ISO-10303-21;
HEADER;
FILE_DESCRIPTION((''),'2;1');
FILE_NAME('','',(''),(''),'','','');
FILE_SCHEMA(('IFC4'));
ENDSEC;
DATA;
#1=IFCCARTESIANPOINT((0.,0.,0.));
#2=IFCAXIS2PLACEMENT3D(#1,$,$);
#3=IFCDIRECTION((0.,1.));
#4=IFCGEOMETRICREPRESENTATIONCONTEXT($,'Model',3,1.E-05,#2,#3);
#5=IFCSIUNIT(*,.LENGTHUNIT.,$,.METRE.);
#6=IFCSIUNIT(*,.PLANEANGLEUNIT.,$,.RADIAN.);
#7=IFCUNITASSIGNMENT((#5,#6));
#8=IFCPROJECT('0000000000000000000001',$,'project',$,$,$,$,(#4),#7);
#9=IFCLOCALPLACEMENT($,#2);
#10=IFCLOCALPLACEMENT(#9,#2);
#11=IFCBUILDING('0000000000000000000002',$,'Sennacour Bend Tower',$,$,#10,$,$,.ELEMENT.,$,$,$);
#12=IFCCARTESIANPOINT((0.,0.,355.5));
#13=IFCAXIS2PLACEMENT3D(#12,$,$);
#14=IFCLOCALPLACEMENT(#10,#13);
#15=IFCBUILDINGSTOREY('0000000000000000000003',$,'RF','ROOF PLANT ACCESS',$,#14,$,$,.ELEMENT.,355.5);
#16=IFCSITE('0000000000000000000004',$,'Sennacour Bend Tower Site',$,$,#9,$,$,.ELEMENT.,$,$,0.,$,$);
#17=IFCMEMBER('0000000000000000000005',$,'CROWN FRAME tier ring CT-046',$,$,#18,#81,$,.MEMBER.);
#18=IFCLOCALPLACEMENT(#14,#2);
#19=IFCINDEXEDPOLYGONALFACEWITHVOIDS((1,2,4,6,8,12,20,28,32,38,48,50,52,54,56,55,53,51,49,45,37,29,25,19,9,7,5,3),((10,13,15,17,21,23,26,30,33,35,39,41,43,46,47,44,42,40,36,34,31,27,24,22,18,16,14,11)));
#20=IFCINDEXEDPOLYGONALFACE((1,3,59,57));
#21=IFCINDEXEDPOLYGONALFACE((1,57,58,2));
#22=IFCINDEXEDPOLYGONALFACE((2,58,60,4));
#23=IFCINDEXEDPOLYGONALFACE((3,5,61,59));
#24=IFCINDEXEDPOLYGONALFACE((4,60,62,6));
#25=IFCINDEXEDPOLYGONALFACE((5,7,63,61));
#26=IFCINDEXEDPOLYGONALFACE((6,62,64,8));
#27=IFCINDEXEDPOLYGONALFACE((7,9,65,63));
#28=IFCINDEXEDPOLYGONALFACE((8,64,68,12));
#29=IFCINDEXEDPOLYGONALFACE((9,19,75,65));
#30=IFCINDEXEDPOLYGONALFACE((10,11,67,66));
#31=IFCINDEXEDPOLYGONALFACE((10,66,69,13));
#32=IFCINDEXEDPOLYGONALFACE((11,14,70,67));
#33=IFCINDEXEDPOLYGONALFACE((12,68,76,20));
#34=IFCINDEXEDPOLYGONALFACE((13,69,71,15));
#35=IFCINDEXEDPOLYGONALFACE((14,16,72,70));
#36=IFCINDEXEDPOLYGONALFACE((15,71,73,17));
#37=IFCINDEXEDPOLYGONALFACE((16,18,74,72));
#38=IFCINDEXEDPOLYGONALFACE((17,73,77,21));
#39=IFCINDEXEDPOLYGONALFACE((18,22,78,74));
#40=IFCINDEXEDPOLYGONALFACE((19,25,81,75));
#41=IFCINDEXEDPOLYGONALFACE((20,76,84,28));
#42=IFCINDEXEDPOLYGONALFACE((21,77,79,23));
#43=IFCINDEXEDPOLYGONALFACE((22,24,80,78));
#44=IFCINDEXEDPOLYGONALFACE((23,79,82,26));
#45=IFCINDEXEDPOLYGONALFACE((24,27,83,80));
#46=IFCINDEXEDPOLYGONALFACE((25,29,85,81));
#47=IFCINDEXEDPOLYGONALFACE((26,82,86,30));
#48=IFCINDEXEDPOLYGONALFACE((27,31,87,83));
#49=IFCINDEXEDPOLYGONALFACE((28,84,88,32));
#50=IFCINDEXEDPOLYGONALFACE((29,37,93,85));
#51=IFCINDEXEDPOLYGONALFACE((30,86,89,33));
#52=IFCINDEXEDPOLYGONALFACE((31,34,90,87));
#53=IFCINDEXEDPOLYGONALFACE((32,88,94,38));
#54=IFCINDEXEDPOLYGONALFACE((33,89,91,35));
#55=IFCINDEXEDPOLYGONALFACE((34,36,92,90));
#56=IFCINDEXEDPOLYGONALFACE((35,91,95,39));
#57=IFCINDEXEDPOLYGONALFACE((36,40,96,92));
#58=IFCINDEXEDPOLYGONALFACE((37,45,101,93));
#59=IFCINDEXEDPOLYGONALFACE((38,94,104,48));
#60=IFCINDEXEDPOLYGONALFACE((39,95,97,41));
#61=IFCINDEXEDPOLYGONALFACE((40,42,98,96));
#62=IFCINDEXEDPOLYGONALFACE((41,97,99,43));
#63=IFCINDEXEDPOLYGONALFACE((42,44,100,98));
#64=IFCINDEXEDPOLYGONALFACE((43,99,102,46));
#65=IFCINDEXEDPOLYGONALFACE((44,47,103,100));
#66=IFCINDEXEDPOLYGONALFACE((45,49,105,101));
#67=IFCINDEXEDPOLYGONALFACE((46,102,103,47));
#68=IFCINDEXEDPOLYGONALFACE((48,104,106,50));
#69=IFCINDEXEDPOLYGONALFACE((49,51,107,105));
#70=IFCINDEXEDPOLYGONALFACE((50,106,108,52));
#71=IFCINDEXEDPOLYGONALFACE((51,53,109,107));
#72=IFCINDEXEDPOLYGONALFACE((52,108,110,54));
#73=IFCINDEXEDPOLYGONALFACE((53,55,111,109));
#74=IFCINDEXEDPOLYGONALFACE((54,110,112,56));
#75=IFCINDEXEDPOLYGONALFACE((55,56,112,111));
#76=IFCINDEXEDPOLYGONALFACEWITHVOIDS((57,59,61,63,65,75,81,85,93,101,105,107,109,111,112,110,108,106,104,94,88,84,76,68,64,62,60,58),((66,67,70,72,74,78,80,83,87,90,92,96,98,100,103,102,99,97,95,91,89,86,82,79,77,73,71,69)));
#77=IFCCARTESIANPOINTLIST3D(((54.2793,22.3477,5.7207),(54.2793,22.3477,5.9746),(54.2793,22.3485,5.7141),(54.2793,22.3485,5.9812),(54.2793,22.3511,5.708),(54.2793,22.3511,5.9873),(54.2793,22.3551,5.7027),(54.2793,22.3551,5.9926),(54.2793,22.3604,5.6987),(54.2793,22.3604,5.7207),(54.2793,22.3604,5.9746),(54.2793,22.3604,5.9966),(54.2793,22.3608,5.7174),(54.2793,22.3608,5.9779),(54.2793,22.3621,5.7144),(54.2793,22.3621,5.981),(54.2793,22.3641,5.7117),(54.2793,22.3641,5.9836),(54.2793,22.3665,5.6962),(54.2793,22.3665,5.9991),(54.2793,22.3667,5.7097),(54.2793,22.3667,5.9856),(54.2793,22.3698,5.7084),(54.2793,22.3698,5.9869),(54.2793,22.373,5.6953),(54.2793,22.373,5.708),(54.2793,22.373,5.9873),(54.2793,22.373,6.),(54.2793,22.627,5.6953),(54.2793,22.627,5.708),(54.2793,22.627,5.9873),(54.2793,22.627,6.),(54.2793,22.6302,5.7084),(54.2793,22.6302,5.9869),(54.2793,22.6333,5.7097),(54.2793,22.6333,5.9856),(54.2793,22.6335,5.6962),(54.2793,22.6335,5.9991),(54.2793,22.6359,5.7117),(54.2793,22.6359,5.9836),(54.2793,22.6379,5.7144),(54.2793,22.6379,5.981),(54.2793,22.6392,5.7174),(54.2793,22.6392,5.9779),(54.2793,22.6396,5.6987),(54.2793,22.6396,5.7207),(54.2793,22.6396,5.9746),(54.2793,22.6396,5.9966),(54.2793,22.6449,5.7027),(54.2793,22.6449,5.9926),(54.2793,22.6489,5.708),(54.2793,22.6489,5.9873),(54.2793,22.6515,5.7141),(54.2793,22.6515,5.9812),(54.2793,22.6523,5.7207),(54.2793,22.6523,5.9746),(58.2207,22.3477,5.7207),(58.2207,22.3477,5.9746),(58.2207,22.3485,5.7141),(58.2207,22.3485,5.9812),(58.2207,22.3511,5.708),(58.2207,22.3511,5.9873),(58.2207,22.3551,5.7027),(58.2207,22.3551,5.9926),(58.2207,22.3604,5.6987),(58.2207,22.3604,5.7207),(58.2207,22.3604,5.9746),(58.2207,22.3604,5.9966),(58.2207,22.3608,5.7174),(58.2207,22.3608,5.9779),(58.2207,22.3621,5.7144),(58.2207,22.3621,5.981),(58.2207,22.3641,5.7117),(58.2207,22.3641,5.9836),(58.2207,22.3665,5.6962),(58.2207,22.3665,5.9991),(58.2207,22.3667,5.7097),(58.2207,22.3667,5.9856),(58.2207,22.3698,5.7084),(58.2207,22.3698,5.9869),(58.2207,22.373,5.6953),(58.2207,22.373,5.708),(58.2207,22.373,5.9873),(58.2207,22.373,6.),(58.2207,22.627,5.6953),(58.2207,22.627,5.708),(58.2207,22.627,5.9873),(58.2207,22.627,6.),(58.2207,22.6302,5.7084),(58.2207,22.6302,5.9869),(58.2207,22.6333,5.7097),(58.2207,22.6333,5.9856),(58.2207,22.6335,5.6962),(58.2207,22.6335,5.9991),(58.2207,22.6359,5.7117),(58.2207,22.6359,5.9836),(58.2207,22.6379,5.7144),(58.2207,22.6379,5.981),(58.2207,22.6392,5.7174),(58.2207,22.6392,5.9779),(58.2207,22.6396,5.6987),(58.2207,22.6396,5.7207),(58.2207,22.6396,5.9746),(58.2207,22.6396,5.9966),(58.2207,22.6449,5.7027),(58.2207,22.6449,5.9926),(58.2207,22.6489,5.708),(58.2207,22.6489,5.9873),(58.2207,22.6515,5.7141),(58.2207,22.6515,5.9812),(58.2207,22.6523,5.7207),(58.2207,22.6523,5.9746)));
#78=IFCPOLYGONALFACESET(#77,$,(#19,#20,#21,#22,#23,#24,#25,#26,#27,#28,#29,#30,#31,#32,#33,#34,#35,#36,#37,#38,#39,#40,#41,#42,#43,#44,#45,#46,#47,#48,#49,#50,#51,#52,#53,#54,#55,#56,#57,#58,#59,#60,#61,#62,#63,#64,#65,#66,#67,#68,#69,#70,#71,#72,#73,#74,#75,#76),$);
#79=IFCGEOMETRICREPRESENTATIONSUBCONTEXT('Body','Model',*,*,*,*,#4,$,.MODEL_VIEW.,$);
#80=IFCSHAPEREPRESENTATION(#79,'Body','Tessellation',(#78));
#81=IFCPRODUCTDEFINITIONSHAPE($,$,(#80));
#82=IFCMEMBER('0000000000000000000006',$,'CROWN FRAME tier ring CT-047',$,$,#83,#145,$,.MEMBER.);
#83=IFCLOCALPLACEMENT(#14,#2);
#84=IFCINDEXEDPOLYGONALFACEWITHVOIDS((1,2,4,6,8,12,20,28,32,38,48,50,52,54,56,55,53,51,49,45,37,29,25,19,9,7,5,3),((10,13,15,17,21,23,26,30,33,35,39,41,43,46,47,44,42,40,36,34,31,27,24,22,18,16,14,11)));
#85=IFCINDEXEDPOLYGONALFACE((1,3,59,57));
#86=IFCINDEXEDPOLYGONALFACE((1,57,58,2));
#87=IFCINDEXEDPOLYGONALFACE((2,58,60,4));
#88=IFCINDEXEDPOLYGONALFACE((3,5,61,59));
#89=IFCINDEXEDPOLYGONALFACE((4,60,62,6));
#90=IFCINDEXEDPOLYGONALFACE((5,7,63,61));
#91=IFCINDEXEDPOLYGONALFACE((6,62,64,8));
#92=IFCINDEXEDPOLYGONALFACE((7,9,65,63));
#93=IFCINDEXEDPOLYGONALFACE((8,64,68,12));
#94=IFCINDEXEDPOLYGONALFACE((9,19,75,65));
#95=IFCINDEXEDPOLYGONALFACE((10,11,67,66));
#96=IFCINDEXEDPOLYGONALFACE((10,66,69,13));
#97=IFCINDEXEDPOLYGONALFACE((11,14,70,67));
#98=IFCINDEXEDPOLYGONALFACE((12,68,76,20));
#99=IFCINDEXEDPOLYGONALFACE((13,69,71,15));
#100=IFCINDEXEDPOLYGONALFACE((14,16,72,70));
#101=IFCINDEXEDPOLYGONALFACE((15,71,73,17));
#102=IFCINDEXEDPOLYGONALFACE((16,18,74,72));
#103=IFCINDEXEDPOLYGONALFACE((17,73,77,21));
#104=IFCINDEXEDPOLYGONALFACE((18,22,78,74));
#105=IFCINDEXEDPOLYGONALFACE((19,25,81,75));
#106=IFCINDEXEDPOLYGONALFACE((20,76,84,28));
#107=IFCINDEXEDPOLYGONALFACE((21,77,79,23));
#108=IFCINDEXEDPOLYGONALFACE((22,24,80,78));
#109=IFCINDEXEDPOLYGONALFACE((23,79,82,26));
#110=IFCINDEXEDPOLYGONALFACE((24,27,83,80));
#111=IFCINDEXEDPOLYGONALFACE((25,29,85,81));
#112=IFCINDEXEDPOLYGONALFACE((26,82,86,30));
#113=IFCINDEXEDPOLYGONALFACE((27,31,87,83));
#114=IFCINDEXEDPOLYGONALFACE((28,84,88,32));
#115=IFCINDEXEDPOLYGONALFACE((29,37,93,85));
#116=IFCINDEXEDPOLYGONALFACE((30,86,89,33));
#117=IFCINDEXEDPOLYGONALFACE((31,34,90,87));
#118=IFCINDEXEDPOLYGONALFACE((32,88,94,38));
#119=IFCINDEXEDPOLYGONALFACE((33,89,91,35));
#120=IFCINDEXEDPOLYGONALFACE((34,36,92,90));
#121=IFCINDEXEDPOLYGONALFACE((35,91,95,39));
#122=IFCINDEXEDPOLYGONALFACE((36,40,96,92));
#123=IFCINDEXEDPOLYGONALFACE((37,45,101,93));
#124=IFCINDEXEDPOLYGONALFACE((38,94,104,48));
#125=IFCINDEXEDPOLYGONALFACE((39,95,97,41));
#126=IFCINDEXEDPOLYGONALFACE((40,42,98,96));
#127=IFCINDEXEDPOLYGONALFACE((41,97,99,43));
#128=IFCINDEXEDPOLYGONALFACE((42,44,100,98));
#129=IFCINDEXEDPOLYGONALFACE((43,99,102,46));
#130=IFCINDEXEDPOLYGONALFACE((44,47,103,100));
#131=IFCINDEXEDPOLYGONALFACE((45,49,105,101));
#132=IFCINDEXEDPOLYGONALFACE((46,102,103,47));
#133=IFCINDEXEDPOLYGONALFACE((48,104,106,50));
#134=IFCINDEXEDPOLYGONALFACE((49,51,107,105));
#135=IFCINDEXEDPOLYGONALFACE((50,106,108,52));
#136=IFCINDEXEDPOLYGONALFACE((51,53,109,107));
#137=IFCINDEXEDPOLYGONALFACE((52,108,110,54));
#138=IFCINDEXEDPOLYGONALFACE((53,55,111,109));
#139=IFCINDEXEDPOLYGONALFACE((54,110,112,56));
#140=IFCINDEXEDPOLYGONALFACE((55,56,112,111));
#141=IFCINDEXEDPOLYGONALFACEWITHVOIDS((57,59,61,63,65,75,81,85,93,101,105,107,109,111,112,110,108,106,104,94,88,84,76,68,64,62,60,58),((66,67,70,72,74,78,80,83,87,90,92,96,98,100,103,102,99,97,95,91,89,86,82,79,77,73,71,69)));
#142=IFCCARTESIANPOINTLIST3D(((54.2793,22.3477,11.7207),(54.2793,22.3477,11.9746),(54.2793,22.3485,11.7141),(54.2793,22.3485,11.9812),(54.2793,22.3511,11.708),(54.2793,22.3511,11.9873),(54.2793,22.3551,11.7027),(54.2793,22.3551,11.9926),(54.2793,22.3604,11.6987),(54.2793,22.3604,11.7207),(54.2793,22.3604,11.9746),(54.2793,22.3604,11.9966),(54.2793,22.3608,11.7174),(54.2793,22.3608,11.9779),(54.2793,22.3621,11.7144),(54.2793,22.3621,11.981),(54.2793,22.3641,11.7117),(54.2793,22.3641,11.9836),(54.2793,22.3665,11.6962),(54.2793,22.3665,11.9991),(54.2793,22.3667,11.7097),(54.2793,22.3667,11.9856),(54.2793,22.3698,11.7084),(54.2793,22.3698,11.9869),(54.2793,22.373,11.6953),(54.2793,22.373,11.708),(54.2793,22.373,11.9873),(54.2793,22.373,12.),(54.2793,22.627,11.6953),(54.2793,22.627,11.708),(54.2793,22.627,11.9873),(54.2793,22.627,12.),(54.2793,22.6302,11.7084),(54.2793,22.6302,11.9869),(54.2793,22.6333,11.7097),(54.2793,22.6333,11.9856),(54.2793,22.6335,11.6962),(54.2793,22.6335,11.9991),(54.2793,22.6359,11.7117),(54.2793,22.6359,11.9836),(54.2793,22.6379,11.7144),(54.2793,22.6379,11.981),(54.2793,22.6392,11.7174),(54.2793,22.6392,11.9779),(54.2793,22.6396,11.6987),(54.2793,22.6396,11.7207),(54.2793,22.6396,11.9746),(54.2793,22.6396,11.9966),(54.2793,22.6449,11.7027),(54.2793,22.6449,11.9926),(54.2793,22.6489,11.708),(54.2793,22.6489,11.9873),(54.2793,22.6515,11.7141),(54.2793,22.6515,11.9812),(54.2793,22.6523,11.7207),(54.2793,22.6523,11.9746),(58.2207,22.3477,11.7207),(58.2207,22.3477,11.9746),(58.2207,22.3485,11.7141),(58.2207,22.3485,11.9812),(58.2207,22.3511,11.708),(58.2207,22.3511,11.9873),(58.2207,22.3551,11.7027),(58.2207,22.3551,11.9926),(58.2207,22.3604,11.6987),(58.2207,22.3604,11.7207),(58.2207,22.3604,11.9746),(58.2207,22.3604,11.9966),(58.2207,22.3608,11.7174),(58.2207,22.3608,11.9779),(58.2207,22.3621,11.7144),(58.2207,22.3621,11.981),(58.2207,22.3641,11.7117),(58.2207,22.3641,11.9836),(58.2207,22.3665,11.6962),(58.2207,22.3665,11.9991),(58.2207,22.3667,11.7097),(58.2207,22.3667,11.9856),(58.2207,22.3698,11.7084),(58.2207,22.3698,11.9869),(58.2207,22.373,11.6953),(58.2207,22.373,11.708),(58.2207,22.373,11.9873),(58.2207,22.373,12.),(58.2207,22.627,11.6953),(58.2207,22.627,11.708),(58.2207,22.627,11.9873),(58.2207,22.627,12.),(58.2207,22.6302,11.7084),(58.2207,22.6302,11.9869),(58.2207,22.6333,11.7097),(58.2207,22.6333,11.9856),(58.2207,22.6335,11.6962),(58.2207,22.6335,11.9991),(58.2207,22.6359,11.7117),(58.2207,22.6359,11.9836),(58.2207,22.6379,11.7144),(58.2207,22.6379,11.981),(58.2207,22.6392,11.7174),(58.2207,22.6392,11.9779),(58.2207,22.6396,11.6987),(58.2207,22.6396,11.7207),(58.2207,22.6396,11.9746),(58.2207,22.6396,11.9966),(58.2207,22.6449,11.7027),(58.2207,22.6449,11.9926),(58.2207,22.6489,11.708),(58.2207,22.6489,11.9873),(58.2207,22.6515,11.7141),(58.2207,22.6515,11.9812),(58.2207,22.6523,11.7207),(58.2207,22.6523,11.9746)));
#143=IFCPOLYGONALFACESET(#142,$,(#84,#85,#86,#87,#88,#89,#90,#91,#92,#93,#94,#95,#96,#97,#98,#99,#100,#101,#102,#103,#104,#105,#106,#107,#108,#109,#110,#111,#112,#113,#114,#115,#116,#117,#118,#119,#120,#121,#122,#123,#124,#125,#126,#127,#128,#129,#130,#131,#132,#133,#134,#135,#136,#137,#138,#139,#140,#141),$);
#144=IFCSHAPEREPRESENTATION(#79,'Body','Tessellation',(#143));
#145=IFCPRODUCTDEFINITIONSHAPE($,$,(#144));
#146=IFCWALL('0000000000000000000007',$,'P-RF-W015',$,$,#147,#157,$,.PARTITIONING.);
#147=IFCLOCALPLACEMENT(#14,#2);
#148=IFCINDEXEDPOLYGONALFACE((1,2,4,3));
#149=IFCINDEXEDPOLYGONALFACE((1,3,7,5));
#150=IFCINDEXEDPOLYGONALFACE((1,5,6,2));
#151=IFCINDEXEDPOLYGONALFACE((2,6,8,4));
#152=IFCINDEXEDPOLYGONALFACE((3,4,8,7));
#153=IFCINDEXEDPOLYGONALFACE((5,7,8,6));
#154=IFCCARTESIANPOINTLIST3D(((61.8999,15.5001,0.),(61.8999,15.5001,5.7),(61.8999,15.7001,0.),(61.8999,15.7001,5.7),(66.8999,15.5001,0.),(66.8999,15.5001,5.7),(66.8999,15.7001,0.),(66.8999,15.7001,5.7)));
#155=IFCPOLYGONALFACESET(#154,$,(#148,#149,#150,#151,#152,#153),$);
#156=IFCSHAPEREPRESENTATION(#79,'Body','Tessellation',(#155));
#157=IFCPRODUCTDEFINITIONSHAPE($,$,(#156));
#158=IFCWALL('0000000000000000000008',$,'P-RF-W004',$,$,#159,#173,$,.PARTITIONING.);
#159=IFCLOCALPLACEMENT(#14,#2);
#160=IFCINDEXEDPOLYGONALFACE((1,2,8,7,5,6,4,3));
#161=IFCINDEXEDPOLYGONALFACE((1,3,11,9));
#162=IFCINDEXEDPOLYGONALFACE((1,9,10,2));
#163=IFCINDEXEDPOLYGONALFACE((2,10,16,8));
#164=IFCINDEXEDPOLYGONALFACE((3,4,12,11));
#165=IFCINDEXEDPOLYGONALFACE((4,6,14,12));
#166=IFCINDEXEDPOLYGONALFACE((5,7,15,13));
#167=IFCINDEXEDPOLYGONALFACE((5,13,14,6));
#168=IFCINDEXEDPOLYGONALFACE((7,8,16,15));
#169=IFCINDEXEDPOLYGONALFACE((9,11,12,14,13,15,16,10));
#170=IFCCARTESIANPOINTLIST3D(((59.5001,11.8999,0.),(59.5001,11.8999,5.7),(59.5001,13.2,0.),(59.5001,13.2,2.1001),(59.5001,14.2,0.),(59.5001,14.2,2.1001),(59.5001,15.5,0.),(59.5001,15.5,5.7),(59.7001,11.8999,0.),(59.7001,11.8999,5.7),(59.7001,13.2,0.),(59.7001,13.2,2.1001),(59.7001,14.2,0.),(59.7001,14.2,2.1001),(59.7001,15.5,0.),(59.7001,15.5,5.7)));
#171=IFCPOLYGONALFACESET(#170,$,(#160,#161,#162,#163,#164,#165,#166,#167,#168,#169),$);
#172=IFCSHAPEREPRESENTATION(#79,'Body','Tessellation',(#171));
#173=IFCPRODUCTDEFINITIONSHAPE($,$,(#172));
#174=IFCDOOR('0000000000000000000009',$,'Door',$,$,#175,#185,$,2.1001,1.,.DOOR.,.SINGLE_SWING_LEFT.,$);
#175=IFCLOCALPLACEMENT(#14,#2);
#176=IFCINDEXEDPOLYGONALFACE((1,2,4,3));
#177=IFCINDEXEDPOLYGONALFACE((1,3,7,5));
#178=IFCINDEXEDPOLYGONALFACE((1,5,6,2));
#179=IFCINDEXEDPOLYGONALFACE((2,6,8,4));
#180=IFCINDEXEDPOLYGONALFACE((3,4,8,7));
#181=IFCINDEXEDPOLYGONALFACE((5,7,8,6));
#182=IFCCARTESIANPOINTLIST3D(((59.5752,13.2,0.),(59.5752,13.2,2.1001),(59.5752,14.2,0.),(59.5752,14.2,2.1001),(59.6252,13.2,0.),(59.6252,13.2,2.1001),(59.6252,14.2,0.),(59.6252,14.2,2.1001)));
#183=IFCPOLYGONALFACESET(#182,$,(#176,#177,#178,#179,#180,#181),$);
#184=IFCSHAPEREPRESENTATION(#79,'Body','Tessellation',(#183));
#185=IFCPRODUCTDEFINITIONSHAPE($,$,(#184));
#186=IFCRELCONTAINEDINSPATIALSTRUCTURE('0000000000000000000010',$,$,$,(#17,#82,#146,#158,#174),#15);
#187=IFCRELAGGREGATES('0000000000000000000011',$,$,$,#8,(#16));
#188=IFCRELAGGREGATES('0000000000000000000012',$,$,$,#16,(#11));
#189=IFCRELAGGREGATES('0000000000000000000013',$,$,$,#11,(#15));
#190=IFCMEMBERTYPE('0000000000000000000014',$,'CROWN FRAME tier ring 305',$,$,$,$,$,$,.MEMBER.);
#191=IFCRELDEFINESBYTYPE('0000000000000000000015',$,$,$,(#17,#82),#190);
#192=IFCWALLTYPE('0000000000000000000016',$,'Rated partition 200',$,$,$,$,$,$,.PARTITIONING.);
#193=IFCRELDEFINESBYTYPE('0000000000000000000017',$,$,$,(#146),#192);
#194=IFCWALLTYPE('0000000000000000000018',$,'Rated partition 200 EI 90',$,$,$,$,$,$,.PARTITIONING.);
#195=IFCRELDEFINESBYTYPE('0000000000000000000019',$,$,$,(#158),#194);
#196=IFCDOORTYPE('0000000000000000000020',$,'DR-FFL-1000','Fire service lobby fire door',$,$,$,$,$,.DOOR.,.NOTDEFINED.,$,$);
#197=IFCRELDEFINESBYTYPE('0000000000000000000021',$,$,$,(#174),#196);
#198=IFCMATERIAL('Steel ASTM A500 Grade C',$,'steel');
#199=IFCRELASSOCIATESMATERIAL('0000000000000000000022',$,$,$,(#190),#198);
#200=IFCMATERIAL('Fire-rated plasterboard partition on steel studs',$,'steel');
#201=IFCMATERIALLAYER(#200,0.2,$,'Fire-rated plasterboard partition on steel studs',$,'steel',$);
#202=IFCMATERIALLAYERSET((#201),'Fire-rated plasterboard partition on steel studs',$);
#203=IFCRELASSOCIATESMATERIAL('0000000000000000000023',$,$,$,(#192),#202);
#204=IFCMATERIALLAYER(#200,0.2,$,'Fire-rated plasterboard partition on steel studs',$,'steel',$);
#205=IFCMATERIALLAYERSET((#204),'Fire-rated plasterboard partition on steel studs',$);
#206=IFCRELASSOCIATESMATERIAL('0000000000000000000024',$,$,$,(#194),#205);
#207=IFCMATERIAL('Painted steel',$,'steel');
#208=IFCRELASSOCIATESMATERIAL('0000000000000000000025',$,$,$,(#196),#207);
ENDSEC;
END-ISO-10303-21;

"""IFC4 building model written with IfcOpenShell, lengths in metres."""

from ifc_helpers import new_model, si_unit, direction, frame, frame_2d, origin, origin_2d, place, context, subcontext, project, spatial, rectangle, hollow_rectangle, extrude, material, layer, layer_set, material_profile, profile_set, type_object, element, fill, save


model = new_model("IFC4")

# Units and contexts
model_context = context("Model", 3, precision=1e-05, world=origin(), true_north=direction((0.0, 1.0)))
body_context = subcontext(model_context, "Body", "Model", "MODEL_VIEW")
ifc_project = project(units=[si_unit("LENGTHUNIT", "METRE"), si_unit("PLANEANGLEUNIT", "RADIAN")], contexts=[model_context])

# Site, building, storey
site_placement = place(None, origin())
site = spatial("IfcSite", under=ifc_project, at=site_placement, Name="Sennacour Bend Tower Site", CompositionType="ELEMENT", RefElevation=0.0)
building_placement = place(site_placement, origin())
building = spatial("IfcBuilding", under=site, at=building_placement, Name="Sennacour Bend Tower", CompositionType="ELEMENT")
storey_placement = place(building_placement, frame((0.0, 0.0, 355.5)))
storey = spatial("IfcBuildingStorey", under=building, at=storey_placement, Name="RF", Description="ROOF PLANT ACCESS", CompositionType="ELEMENT", Elevation=355.5)

# Shared definitions
ifc_material_1 = material(Name="Steel ASTM A500 Grade C", Category="steel")

# Members
ifc_material_profile_1 = material_profile(ifc_material_1, hollow_rectangle(XDim=0.3047, YDim=0.3047, WallThickness=0.0127, InnerFilletRadius=0.0127, OuterFilletRadius=0.0254, at=origin_2d()), Name="Steel ASTM A500 Grade C", Category="steel")
ifc_profile_set_1 = profile_set([ifc_material_profile_1], Name="Steel ASTM A500 Grade C")
member_type_1 = type_object("IfcMemberType", Name="CROWN FRAME tier ring 305", PredefinedType="MEMBER", material=ifc_profile_set_1)
for number, where, z_axis, x_axis, name in (
    (1, (58.2207, 22.5, 5.8477), (-1.0, 0.0, 0.0), (0.0, -1.0, 0.0), "CROWN FRAME tier ring CT-046"),
    (2, (58.2207, 22.5, 11.8477), (-1.0, 0.0, 0.0), (0.0, -1.0, 0.0), "CROWN FRAME tier ring CT-047"),
):
    element("IfcMember", number, at=place(storey_placement, frame(where, z_axis=z_axis, x_axis=x_axis)), inside=storey, type_object=member_type_1, Name=name, PredefinedType="MEMBER", context=body_context, shape_type="SweptSolid", body=[
        extrude(hollow_rectangle(XDim=0.3047, YDim=0.3047, WallThickness=0.0127, InnerFilletRadius=0.0127, OuterFilletRadius=0.0254, at=origin_2d()), origin(), (0.0, 0.0, 1.0), 3.9414),
    ])

# Wall
ifc_material_2 = material(Name="Fire-rated plasterboard partition on steel studs", Category="steel")
ifc_layer_1 = layer(ifc_material_2, 0.2, Name="Fire-rated plasterboard partition on steel studs", Category="steel")
ifc_layer_set_1 = layer_set([ifc_layer_1], Name="Fire-rated plasterboard partition on steel studs")
wall_type_1 = type_object("IfcWallType", Name="Rated partition 200", PredefinedType="PARTITIONING", material=ifc_layer_set_1)
wall_1_placement = place(storey_placement, frame((61.8999, 15.6001, 0.0), z_axis=(0.0, 0.0, 1.0), x_axis=(1.0, 0.0, 0.0)))
element("IfcWall", 3, at=wall_1_placement, inside=storey, type_object=wall_type_1, Name="P-RF-W015", PredefinedType="PARTITIONING", context=body_context, shape_type="SweptSolid", body=[
    extrude(rectangle(XDim=5.0, YDim=0.2, at=frame_2d((2.5, 0.0))), origin(), (0.0, 0.0, 1.0), 5.7),
])

# Wall, opening, door
ifc_layer_2 = layer(ifc_material_2, 0.2, Name="Fire-rated plasterboard partition on steel studs", Category="steel")
ifc_layer_set_2 = layer_set([ifc_layer_2], Name="Fire-rated plasterboard partition on steel studs")
wall_type_2 = type_object("IfcWallType", Name="Rated partition 200 EI 90", PredefinedType="PARTITIONING", material=ifc_layer_set_2)
wall_2_placement = place(storey_placement, frame((59.6001, 11.8999, 0.0), z_axis=(0.0, 0.0, 1.0), x_axis=(0.0, 1.0, 0.0)))
wall_2 = element("IfcWall", 4, at=wall_2_placement, inside=storey, type_object=wall_type_2, Name="P-RF-W004", PredefinedType="PARTITIONING", context=body_context, shape_type="SweptSolid", body=[
    extrude(rectangle(XDim=3.6001, YDim=0.2, at=frame_2d((1.8, 0.0))), origin(), (0.0, 0.0, 1.0), 5.7),
])
opening_1_placement = place(wall_2_placement, frame((1.3, 0.0, 0.0)))
opening_1 = element("IfcOpeningElement", 5, at=opening_1_placement, cuts=wall_2, PredefinedType="OPENING", context=body_context, shape_type="SweptSolid", body=[
    extrude(rectangle(XDim=1.0, YDim=2.1001, at=frame_2d((0.5, 1.05))), frame((0.0, 0.1099, 0.0), z_axis=(0.0, -1.0, 0.0), x_axis=(1.0, 0.0, 0.0)), (0.0, 0.0, 1.0), 0.22),
])
ifc_material_3 = material(Name="Painted steel", Category="steel")
door_type_1 = type_object("IfcDoorType", Name="DR-FFL-1000", Description="Fire service lobby fire door", OperationType="NOTDEFINED", PredefinedType="DOOR", material=ifc_material_3)
door_1_placement = place(opening_1_placement, origin())
door_1 = element("IfcDoor", 6, at=door_1_placement, inside=storey, type_object=door_type_1, Name="Door", OperationType="SINGLE_SWING_LEFT", OverallHeight=2.1001, OverallWidth=1.0, PredefinedType="DOOR", context=body_context, shape_type="SweptSolid", body=[
    extrude(rectangle(XDim=1.0, YDim=2.1001, at=frame_2d((0.5, 1.05))), frame((0.0, 0.0249, 0.0), z_axis=(0.0, -1.0, 0.0), x_axis=(1.0, 0.0, 0.0)), (0.0, 0.0, 1.0), 0.05),
])
fill(opening_1, door_1)

save(model, "model.ifc")
